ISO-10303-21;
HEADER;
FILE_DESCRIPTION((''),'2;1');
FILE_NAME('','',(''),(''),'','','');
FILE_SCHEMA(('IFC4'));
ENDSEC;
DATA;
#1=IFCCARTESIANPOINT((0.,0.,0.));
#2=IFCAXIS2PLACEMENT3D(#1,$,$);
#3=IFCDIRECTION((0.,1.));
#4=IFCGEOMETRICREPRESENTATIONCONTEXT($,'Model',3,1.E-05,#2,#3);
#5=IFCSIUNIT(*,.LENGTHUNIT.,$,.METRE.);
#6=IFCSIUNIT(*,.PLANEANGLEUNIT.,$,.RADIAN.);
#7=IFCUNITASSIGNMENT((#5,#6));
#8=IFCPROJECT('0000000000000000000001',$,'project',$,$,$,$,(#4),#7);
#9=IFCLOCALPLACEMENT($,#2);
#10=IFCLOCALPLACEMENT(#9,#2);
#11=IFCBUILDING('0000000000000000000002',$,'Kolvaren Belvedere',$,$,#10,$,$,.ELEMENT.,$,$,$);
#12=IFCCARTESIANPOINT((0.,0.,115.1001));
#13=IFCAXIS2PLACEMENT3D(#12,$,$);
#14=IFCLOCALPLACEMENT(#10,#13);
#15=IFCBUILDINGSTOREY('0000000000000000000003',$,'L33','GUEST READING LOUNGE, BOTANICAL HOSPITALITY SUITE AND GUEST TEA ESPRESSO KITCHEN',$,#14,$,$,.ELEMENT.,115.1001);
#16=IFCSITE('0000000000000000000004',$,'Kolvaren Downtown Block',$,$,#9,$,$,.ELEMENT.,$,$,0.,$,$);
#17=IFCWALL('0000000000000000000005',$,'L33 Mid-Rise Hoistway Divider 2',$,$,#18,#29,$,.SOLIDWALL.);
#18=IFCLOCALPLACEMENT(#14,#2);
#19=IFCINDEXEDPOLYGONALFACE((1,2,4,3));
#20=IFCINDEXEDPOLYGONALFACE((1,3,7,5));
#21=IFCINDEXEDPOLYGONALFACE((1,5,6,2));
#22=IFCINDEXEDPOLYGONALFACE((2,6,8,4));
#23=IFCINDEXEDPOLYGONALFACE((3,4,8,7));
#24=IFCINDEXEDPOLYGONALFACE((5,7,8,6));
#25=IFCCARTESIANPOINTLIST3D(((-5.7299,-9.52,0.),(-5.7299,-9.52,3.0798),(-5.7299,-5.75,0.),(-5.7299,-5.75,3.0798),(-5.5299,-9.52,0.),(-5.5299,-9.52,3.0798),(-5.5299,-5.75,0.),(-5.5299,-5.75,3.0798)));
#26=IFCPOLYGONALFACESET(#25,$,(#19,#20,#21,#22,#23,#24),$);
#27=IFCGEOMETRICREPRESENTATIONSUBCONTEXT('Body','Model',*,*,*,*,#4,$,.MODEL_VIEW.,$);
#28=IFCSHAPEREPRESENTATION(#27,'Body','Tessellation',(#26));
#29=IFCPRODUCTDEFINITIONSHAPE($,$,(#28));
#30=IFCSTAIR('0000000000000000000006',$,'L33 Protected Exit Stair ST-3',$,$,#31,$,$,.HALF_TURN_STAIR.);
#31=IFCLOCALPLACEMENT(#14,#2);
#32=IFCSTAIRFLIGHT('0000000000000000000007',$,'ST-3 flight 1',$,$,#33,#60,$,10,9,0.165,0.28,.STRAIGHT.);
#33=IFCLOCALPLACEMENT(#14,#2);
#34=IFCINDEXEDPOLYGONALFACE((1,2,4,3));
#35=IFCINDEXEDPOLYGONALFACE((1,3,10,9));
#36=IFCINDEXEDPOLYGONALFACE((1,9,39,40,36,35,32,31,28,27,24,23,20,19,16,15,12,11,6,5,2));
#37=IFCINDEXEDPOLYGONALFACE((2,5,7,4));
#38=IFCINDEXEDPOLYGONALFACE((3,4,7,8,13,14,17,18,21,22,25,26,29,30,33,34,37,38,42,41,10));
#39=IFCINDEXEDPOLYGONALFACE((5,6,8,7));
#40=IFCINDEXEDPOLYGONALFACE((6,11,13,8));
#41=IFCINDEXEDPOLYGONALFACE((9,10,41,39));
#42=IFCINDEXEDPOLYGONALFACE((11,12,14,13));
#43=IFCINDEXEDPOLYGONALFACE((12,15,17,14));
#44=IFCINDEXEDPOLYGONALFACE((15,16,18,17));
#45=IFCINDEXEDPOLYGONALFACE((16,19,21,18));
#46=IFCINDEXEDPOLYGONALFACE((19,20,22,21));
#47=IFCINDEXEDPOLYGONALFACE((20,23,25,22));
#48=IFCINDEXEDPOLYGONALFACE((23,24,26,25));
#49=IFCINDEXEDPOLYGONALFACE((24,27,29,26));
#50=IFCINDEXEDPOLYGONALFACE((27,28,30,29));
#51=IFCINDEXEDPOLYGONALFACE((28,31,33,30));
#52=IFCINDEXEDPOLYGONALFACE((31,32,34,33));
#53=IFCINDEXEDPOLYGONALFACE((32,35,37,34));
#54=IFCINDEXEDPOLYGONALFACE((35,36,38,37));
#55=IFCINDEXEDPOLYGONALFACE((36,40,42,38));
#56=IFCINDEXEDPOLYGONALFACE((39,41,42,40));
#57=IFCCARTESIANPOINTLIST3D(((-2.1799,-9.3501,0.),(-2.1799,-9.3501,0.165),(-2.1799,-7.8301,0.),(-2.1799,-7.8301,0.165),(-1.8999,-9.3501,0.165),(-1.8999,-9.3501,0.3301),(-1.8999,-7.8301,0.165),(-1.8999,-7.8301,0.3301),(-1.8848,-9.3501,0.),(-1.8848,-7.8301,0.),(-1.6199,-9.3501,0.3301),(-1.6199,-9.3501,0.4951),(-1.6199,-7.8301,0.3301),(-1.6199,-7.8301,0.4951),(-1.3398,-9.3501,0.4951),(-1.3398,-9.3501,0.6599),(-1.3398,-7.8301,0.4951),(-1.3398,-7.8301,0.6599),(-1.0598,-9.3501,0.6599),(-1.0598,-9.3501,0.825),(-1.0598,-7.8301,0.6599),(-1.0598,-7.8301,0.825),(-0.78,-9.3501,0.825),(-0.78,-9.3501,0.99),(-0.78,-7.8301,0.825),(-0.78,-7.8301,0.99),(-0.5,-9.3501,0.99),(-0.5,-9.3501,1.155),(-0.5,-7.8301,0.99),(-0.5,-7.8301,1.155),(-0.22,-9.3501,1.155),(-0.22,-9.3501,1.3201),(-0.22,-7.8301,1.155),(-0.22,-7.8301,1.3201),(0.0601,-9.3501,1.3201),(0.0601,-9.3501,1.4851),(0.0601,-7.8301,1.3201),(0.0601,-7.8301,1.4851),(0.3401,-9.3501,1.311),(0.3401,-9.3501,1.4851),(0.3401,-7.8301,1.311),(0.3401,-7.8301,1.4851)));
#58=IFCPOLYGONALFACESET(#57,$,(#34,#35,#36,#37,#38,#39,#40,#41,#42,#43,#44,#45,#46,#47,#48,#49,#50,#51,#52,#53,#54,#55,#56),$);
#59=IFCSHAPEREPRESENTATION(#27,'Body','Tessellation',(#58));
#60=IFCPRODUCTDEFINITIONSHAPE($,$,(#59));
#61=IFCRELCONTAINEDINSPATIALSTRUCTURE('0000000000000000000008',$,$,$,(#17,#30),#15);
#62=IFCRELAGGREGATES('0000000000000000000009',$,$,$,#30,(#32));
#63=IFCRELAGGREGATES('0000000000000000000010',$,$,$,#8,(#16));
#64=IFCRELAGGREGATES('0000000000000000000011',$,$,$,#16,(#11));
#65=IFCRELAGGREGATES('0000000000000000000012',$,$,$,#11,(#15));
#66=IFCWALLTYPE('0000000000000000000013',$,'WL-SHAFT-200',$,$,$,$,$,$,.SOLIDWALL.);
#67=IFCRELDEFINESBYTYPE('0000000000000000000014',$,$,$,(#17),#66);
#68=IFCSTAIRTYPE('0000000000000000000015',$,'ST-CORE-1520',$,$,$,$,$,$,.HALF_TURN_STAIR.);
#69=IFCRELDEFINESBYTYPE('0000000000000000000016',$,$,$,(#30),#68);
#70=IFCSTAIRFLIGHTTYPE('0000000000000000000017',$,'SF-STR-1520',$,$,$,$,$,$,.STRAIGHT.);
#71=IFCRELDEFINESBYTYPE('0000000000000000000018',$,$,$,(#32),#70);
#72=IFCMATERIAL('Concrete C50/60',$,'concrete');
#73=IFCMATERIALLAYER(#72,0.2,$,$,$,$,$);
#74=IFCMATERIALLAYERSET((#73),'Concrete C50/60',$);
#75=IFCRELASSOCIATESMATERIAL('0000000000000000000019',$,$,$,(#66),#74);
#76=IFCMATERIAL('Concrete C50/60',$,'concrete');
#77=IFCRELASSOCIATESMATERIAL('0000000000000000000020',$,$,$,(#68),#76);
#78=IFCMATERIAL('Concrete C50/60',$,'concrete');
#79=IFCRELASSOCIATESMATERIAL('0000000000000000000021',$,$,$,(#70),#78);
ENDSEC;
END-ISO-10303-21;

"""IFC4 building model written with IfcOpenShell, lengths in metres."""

from ifc_helpers import new_model, si_unit, direction, frame, frame_2d, origin, place, context, subcontext, project, spatial, polyline, rectangle, outline, extrude, material, layer, layer_set, type_object, element, aggregate, save


model = new_model("IFC4")

# Units and contexts
model_context = context("Model", 3, precision=1e-05, world=origin(), true_north=direction((0.0, 1.0)))
body_context = subcontext(model_context, "Body", "Model", "MODEL_VIEW")
ifc_project = project(units=[si_unit("LENGTHUNIT", "METRE"), si_unit("PLANEANGLEUNIT", "RADIAN")], contexts=[model_context])

# Site, building, storey
site_placement = place(None, origin())
site = spatial("IfcSite", under=ifc_project, at=site_placement, Name="Kolvaren Downtown Block", CompositionType="ELEMENT", RefElevation=0.0)
building_placement = place(site_placement, origin())
building = spatial("IfcBuilding", under=site, at=building_placement, Name="Kolvaren Belvedere", CompositionType="ELEMENT")
storey_placement = place(building_placement, frame((0.0, 0.0, 115.1001)))
storey = spatial("IfcBuildingStorey", under=building, at=storey_placement, Name="L33", Description="GUEST READING LOUNGE, BOTANICAL HOSPITALITY SUITE AND GUEST TEA ESPRESSO KITCHEN", CompositionType="ELEMENT", Elevation=115.1001)

# Shared definitions
ifc_material_1 = material(Name="Concrete C50/60", Category="concrete")
ifc_layer_1 = layer(ifc_material_1, 0.2)
ifc_layer_set_1 = layer_set([ifc_layer_1], Name="Concrete C50/60")
wall_type_1 = type_object("IfcWallType", Name="WL-SHAFT-200", PredefinedType="SOLIDWALL", material=ifc_layer_set_1)

# Wall
for number, where, z_axis, x_axis, name in (
    (1, (-5.6299, -9.52, 0.0), (0.0, 0.0, 1.0), (0.0, 1.0, 0.0), "L33 Mid-Rise Hoistway Divider 2"),
):
    element("IfcWall", number, at=place(storey_placement, frame(where, z_axis=z_axis, x_axis=x_axis)), inside=storey, type_object=wall_type_1, Name=name, PredefinedType="SOLIDWALL", context=body_context, shape_type="SweptSolid", body=[
        extrude(rectangle(XDim=3.77, YDim=0.2, at=frame_2d((1.885, 0.0))), origin(), (0.0, 0.0, 1.0), 3.0798),
    ])

# Stair, stair flight
ifc_material_2 = material(Name="Concrete C50/60", Category="concrete")
stair_type = type_object("IfcStairType", Name="ST-CORE-1520", PredefinedType="HALF_TURN_STAIR", material=ifc_material_2)
stair_placement = place(storey_placement, origin())
stair = element("IfcStair", 2, at=stair_placement, inside=storey, type_object=stair_type, Name="L33 Protected Exit Stair ST-3", PredefinedType="HALF_TURN_STAIR")
ifc_material_3 = material(Name="Concrete C50/60", Category="concrete")
stair_flight_type = type_object("IfcStairFlightType", Name="SF-STR-1520", PredefinedType="STRAIGHT", material=ifc_material_3)
stair_flight_placement = place(storey_placement, frame((-2.1799, -8.5901, 0.0), z_axis=(0.0, 0.0, 1.0), x_axis=(1.0, 0.0, 0.0)))
stair_flight = element("IfcStairFlight", 3, at=stair_flight_placement, type_object=stair_flight_type, Name="ST-3 flight 1", NumberOfRisers=10, NumberOfTreads=9, PredefinedType="STRAIGHT", RiserHeight=0.165, TreadLength=0.28, context=body_context, shape_type="SweptSolid", body=[
    extrude(outline(polyline([(0.0, 0.0), (0.0, 0.165), (0.28, 0.165), (0.28, 0.3301), (0.5601, 0.3301), (0.5601, 0.4951), (0.8401, 0.4951), (0.8401, 0.6599), (1.1201, 0.6599), (1.1201, 0.825), (1.3999, 0.825), (1.3999, 0.99), (1.6799, 0.99), (1.6799, 1.155), (1.96, 1.155), (1.96, 1.3201), (2.24, 1.3201), (2.24, 1.4851), (2.52, 1.4851), (2.52, 1.6499), (2.52, 1.311), (0.2952, 0.0), (0.0, 0.0)])), frame((0.0, 0.76, 0.0), z_axis=(0.0, -1.0, 0.0), x_axis=(1.0, 0.0, 0.0)), (0.0, 0.0, 1.0), 1.52),
])
aggregate(stair, [stair_flight])

save(model, "model.ifc")
